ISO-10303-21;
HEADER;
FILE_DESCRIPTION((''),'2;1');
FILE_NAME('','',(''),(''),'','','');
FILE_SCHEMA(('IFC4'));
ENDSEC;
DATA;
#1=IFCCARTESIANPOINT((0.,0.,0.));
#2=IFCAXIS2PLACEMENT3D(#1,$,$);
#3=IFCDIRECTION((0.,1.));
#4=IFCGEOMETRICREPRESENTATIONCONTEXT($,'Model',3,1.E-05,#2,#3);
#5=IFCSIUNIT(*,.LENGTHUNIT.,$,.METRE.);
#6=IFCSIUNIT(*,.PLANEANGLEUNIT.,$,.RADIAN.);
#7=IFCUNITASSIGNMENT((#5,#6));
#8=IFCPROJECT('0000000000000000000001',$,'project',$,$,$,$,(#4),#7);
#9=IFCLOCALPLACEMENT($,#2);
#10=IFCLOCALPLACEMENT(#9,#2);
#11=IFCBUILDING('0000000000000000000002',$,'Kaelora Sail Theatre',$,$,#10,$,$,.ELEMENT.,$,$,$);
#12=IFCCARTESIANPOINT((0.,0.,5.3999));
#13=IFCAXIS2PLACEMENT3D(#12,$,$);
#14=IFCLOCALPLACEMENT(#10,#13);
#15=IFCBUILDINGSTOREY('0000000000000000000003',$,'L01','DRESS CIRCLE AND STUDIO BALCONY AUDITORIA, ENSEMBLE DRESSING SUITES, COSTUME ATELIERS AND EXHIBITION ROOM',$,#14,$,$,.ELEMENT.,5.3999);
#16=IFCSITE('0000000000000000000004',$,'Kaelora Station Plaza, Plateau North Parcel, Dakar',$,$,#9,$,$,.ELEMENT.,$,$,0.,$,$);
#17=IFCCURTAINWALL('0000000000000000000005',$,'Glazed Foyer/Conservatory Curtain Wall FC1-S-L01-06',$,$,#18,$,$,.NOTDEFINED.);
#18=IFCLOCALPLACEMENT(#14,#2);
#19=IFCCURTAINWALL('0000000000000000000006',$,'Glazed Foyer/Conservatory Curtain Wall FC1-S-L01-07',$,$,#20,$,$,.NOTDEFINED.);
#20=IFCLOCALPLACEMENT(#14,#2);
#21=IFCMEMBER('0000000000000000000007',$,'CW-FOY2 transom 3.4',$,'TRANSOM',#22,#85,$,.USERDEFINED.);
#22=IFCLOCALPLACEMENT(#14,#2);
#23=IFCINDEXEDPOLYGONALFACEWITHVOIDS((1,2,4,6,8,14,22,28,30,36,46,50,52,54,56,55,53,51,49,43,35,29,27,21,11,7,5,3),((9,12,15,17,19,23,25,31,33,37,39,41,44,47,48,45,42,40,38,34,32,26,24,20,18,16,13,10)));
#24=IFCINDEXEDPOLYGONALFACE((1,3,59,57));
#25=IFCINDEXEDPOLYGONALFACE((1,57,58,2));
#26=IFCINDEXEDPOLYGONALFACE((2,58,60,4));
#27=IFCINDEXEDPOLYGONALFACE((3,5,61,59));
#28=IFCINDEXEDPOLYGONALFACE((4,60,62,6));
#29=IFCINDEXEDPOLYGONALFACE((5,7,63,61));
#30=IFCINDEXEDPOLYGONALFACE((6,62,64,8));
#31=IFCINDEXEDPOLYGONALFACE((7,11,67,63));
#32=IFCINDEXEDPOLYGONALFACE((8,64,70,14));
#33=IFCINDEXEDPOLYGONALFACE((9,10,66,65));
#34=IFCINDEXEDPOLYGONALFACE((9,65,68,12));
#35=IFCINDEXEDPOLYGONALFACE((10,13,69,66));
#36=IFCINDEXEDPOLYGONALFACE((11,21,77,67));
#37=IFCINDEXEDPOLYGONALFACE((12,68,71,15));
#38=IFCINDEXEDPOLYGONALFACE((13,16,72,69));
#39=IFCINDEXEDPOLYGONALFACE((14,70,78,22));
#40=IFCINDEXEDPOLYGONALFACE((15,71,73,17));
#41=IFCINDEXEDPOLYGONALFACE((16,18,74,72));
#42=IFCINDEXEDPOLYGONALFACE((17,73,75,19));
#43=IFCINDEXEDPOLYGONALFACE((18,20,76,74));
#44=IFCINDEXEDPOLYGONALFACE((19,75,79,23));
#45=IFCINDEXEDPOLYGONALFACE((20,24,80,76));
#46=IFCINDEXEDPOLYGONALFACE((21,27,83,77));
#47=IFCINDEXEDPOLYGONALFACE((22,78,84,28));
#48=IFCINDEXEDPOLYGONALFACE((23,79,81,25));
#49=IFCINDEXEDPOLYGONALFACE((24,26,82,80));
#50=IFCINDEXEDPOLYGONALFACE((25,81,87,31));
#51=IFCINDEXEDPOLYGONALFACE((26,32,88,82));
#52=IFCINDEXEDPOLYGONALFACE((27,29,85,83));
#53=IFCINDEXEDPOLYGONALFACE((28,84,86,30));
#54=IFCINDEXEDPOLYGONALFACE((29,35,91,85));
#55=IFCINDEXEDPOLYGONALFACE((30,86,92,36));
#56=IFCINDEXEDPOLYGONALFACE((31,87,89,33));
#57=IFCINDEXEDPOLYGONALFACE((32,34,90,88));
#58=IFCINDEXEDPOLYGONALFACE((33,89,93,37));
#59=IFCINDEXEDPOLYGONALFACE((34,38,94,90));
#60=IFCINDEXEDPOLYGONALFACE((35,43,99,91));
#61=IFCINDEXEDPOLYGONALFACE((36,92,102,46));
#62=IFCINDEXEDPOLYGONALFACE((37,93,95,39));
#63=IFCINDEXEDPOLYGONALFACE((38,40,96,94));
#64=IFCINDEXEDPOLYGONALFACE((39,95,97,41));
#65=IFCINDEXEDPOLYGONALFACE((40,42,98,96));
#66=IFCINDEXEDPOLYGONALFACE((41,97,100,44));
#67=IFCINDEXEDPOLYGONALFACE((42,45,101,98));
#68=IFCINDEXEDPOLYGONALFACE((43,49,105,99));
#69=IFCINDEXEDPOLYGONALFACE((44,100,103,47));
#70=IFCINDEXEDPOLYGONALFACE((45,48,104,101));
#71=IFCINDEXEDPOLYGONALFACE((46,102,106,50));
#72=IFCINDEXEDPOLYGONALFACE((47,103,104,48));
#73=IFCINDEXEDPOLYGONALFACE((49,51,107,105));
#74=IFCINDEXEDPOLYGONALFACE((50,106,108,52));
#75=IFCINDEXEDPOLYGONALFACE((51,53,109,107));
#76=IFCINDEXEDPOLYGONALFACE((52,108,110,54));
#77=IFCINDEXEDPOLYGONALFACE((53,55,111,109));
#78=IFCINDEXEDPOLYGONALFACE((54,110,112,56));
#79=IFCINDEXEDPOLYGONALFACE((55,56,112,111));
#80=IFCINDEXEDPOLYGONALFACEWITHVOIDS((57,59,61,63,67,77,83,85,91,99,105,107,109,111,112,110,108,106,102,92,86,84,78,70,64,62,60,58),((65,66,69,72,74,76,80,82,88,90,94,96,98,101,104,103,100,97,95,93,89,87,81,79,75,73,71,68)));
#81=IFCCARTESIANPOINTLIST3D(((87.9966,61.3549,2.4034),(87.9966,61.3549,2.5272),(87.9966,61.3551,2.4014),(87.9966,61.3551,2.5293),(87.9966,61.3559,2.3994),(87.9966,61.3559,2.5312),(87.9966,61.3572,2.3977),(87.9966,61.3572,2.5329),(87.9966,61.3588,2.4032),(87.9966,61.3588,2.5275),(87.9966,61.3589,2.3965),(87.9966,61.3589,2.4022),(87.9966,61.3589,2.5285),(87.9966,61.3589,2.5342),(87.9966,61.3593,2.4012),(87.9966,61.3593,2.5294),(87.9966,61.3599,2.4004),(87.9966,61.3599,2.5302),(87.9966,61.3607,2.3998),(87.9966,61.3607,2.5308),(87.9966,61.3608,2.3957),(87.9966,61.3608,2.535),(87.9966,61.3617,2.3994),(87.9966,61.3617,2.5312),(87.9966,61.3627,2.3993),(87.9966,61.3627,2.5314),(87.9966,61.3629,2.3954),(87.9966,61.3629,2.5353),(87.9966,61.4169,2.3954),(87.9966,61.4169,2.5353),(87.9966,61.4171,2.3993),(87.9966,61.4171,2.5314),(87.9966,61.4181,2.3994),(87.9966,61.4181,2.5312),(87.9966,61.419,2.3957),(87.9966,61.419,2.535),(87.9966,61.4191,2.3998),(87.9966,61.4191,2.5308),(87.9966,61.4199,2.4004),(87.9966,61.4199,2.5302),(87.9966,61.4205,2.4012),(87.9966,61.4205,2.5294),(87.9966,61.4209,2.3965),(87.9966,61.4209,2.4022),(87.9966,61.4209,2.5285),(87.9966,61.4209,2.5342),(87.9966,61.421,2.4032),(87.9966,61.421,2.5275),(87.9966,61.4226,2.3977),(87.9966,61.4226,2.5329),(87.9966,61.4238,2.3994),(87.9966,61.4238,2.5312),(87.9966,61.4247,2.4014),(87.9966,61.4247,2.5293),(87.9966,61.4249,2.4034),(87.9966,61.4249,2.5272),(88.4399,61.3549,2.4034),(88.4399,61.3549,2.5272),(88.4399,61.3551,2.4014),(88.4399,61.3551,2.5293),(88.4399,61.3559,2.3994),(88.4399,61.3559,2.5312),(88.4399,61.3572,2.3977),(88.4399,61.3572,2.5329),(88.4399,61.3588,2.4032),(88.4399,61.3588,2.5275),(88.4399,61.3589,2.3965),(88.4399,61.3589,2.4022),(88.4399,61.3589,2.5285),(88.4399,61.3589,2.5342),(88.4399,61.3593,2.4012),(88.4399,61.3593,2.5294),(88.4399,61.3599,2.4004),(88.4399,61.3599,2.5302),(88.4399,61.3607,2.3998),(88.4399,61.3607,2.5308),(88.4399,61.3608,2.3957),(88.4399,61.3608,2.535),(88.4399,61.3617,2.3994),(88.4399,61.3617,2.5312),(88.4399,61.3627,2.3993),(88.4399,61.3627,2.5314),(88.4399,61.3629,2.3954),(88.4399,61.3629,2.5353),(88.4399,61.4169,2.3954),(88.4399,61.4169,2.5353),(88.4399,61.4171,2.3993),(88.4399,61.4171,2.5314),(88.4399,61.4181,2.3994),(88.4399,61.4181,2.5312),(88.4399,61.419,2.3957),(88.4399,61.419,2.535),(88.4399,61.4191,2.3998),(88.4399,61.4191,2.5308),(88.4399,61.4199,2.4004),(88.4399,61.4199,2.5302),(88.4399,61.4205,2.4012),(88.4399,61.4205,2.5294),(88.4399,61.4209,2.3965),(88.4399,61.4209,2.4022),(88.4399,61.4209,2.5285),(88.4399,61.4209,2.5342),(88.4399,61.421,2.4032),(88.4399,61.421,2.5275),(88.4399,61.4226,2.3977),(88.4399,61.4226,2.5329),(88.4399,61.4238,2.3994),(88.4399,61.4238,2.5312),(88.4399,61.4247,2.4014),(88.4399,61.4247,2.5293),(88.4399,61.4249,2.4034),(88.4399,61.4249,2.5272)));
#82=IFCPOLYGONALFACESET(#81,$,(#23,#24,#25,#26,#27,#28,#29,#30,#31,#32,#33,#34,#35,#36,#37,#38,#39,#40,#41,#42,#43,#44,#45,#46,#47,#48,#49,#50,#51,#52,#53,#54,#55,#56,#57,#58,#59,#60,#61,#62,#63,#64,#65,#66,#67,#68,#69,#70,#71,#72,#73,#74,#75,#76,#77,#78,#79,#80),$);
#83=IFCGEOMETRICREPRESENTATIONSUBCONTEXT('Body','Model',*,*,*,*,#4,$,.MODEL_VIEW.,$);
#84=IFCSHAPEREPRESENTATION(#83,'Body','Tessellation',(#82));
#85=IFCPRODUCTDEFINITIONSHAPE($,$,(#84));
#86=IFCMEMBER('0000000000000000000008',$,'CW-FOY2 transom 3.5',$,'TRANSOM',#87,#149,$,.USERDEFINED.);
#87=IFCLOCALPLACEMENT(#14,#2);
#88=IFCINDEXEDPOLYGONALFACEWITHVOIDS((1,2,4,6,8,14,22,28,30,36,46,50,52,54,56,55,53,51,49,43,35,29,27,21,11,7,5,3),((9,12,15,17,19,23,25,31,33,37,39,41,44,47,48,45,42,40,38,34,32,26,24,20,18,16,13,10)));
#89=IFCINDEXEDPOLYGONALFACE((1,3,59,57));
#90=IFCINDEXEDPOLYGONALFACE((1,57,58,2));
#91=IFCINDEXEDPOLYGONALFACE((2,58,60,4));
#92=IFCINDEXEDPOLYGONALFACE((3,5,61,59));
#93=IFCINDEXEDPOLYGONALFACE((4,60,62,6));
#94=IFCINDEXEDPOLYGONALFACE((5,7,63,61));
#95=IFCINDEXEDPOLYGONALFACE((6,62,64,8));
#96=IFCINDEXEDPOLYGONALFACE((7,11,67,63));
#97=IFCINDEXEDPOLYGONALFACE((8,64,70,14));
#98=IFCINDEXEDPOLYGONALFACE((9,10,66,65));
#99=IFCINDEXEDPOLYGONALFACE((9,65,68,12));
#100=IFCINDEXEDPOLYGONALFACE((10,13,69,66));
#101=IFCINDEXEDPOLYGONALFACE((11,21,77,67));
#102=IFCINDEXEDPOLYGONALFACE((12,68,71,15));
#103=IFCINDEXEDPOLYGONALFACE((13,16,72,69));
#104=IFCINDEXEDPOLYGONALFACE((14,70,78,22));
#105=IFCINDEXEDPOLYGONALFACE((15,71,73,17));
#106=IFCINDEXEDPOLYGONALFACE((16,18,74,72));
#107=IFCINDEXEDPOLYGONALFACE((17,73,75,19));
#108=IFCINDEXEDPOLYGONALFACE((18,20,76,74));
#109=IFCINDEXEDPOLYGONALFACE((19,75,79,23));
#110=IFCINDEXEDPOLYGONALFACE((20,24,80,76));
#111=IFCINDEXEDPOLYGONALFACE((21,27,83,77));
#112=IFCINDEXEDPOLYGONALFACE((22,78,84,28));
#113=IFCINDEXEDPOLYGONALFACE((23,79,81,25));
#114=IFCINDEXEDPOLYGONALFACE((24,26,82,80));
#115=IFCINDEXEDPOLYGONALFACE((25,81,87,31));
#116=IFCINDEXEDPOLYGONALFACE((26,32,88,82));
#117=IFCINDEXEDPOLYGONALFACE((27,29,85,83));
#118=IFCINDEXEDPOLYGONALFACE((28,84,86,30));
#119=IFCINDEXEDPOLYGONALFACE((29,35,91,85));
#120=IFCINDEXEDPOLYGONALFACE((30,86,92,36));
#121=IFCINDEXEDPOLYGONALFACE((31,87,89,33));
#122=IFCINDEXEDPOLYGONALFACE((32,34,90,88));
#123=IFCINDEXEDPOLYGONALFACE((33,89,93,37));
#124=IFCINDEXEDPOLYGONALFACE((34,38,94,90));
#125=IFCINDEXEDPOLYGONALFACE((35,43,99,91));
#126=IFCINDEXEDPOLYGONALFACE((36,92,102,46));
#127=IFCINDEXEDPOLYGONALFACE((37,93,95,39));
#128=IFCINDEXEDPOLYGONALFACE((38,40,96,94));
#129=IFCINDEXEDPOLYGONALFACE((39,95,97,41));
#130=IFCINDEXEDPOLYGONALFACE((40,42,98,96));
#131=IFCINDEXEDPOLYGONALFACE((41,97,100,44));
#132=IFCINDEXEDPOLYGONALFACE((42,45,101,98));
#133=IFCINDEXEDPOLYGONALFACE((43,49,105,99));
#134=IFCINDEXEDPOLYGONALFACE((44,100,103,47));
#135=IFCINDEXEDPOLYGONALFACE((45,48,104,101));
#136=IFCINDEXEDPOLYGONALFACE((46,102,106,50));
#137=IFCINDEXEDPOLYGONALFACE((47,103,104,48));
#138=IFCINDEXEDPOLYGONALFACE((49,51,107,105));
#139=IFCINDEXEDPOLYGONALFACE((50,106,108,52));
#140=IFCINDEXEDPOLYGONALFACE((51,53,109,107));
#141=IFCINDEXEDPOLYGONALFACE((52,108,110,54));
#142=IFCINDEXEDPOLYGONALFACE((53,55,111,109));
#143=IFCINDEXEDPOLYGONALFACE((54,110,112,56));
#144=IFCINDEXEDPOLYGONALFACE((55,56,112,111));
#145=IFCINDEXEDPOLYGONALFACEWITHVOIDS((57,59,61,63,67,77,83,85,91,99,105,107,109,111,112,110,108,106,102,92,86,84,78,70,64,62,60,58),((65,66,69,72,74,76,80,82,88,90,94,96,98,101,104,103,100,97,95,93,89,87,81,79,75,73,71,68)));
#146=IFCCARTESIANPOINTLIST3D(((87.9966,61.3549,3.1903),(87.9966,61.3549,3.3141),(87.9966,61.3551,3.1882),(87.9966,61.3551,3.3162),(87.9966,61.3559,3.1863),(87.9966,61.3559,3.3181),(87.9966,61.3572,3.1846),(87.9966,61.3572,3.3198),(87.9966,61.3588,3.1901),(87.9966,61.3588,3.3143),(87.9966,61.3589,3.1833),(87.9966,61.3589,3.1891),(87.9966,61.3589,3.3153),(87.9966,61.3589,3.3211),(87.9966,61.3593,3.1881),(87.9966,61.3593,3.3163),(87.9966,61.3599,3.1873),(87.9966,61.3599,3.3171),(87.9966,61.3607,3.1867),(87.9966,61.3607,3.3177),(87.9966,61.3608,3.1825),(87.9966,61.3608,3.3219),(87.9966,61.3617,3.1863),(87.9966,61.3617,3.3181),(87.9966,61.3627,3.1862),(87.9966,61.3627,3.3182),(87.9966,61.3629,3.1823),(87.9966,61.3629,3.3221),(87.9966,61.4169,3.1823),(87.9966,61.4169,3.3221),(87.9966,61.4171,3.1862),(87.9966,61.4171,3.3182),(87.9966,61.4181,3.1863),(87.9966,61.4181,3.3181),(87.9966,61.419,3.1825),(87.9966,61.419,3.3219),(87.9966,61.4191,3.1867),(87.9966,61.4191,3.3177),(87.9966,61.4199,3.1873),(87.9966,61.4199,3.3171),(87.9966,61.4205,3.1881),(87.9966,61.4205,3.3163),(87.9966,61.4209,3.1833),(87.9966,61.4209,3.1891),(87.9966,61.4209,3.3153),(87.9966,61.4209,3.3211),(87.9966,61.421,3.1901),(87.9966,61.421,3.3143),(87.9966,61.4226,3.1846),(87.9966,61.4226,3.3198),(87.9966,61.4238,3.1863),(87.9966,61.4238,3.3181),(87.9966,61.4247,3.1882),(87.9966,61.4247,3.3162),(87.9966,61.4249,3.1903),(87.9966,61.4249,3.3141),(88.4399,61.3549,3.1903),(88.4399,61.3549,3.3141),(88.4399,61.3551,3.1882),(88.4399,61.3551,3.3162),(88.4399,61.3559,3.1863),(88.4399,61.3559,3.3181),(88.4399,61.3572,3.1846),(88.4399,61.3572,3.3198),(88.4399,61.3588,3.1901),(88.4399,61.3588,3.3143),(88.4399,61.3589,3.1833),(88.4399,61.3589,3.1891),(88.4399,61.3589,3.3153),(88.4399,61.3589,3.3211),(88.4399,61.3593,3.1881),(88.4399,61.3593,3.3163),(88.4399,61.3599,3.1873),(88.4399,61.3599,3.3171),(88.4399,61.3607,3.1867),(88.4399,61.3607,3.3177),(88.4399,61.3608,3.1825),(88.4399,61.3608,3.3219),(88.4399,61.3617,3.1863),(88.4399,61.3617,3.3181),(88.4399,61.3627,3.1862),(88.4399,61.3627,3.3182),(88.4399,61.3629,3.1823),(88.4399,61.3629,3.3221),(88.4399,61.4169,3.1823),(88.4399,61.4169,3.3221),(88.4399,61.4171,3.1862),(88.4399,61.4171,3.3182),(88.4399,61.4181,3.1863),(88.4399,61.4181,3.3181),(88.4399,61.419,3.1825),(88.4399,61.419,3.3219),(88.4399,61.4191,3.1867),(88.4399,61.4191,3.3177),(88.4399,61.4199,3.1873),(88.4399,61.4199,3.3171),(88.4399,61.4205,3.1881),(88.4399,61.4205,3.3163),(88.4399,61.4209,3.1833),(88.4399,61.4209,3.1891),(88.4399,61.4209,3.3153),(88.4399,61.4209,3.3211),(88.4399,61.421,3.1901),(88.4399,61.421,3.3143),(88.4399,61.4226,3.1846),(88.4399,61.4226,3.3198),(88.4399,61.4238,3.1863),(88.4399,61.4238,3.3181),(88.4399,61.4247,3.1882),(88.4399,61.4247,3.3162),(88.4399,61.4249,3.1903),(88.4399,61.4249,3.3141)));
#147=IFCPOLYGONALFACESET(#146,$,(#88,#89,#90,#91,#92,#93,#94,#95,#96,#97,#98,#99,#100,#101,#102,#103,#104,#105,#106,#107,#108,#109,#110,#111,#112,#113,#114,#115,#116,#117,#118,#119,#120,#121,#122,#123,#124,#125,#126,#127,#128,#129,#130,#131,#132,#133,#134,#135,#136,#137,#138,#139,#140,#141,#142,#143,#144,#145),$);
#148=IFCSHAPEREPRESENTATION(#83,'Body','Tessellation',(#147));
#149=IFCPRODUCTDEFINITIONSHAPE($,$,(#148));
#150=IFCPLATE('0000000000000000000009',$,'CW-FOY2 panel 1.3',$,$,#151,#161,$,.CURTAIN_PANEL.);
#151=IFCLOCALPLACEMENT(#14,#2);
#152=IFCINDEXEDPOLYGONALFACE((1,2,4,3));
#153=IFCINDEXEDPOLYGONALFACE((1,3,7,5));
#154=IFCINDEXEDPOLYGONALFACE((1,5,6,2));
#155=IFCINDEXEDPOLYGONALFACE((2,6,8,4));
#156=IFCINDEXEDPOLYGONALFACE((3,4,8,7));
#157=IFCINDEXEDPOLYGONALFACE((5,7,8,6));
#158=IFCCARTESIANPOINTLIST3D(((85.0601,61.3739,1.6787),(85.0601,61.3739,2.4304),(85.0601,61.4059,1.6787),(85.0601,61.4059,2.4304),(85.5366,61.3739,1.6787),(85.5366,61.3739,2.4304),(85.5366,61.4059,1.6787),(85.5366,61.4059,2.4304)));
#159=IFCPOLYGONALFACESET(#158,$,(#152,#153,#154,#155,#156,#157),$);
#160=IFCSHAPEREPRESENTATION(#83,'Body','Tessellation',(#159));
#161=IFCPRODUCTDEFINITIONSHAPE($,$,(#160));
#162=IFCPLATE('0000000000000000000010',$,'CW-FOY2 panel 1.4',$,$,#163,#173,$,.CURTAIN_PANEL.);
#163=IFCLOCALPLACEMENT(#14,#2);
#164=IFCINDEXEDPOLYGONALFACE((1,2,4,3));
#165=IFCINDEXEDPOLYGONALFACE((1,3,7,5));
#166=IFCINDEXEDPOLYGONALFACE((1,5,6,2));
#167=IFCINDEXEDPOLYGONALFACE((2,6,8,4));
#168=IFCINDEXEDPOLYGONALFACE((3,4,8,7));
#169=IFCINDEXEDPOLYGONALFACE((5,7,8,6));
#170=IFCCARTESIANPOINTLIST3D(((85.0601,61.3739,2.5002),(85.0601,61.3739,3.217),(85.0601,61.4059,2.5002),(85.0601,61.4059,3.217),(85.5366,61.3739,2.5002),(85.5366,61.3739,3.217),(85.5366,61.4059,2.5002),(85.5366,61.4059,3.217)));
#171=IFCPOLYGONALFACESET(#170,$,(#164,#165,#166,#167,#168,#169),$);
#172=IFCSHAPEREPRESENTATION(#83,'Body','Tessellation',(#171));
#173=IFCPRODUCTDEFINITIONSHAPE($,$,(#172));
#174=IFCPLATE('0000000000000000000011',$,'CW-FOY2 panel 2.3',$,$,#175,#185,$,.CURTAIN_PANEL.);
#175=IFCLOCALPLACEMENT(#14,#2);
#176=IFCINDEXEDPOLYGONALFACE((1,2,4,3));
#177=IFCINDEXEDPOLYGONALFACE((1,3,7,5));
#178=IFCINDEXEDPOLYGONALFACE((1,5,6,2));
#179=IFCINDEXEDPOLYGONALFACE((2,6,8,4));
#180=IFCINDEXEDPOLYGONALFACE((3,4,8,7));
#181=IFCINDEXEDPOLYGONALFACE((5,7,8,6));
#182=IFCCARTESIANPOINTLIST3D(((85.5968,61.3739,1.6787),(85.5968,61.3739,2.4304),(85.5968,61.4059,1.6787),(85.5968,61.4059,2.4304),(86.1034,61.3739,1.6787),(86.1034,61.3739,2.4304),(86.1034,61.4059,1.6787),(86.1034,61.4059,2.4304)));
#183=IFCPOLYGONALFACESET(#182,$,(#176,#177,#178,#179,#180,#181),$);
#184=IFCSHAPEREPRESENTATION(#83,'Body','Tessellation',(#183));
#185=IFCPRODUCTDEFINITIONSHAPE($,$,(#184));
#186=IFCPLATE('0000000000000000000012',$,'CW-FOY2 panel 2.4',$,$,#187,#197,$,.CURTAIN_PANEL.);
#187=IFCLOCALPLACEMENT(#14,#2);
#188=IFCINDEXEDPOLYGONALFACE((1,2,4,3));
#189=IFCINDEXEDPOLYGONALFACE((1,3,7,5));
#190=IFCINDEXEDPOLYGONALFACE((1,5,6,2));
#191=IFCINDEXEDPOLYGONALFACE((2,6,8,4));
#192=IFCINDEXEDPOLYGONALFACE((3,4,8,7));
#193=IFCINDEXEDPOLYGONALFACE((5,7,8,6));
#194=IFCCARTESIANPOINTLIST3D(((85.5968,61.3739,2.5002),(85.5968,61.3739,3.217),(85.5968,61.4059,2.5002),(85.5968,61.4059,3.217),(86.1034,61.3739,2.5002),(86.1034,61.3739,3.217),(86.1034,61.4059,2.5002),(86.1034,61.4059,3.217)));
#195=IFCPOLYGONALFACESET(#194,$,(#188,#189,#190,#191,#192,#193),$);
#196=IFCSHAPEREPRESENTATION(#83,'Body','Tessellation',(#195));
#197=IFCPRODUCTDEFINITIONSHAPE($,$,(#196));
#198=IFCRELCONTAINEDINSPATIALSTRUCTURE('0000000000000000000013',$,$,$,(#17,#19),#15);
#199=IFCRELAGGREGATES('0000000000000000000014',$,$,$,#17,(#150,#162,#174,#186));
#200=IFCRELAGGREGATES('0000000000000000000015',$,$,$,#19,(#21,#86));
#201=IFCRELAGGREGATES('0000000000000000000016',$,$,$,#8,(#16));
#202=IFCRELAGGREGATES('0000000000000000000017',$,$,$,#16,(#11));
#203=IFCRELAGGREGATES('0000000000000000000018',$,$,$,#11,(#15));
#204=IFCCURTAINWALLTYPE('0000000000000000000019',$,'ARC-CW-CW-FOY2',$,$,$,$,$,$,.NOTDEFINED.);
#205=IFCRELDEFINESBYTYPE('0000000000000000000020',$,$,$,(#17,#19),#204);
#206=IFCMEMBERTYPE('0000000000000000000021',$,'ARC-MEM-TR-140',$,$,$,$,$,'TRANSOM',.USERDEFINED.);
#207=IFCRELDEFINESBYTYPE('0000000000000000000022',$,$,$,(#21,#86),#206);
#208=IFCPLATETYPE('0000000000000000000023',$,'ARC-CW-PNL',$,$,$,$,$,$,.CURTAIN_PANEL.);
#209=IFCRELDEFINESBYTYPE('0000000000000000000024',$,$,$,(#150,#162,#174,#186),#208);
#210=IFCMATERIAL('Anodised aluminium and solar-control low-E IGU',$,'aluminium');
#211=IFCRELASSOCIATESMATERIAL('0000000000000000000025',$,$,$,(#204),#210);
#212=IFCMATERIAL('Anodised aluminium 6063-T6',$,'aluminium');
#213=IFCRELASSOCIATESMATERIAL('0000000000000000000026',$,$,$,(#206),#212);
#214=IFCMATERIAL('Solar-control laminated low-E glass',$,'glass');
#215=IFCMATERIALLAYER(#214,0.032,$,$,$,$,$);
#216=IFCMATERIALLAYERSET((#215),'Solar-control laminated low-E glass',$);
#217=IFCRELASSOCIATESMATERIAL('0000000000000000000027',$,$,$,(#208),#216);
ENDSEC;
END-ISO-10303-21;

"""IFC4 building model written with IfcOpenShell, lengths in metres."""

from ifc_helpers import new_model, si_unit, direction, frame, origin, origin_2d, place, context, subcontext, project, spatial, rectangle, hollow_rectangle, extrude, material, layer, layer_set, material_profile, profile_set, type_object, element, aggregate, save


model = new_model("IFC4")

# Units and contexts
model_context = context("Model", 3, precision=1e-05, world=origin(), true_north=direction((0.0, 1.0)))
body_context = subcontext(model_context, "Body", "Model", "MODEL_VIEW")
ifc_project = project(units=[si_unit("LENGTHUNIT", "METRE"), si_unit("PLANEANGLEUNIT", "RADIAN")], contexts=[model_context])

# Site, building, storey
site_placement = place(None, origin())
site = spatial("IfcSite", under=ifc_project, at=site_placement, Name="Kaelora Station Plaza, Plateau North Parcel, Dakar", CompositionType="ELEMENT", RefElevation=0.0)
building_placement = place(site_placement, origin())
building = spatial("IfcBuilding", under=site, at=building_placement, Name="Kaelora Sail Theatre", CompositionType="ELEMENT")
storey_placement = place(building_placement, frame((0.0, 0.0, 5.3999)))
storey = spatial("IfcBuildingStorey", under=building, at=storey_placement, Name="L01", Description="DRESS CIRCLE AND STUDIO BALCONY AUDITORIA, ENSEMBLE DRESSING SUITES, COSTUME ATELIERS AND EXHIBITION ROOM", CompositionType="ELEMENT", Elevation=5.3999)

# Curtain walls, members
ifc_material_1 = material(Name="Anodised aluminium and solar-control low-E IGU", Category="aluminium")
curtain_wall_type = type_object("IfcCurtainWallType", Name="ARC-CW-CW-FOY2", PredefinedType="NOTDEFINED", material=ifc_material_1)
curtain_wall_1_placement = place(storey_placement, origin())
curtain_wall_1 = element("IfcCurtainWall", 1, at=curtain_wall_1_placement, inside=storey, type_object=curtain_wall_type, Name="Glazed Foyer/Conservatory Curtain Wall FC1-S-L01-06", PredefinedType="NOTDEFINED")
ifc_material_2 = material(Name="Anodised aluminium 6063-T6", Category="aluminium")
ifc_material_profile = material_profile(ifc_material_2, hollow_rectangle(XDim=0.0701, YDim=0.1399, WallThickness=0.0039, InnerFilletRadius=0.0039, OuterFilletRadius=0.0081, at=origin_2d()), Name="ALU-TRAN 70x140x4")
ifc_profile_set = profile_set([ifc_material_profile], Name="Anodised aluminium 6063-T6")
member_type = type_object("IfcMemberType", Name="ARC-MEM-TR-140", ElementType="TRANSOM", PredefinedType="USERDEFINED", material=ifc_profile_set)
curtain_wall_2_placement = place(storey_placement, origin())
curtain_wall_2 = element("IfcCurtainWall", 2, at=curtain_wall_2_placement, inside=storey, type_object=curtain_wall_type, Name="Glazed Foyer/Conservatory Curtain Wall FC1-S-L01-07", PredefinedType="NOTDEFINED")
member_1_placement = place(storey_placement, frame((87.9966, 61.3899, 2.4653), z_axis=(1.0, 0.0, 0.0), x_axis=(0.0, 1.0, 0.0)))
member_1 = element("IfcMember", 3, at=member_1_placement, type_object=member_type, Name="CW-FOY2 transom 3.4", ObjectType="TRANSOM", PredefinedType="USERDEFINED", context=body_context, shape_type="SweptSolid", body=[
    extrude(hollow_rectangle(XDim=0.0701, YDim=0.1399, WallThickness=0.0039, InnerFilletRadius=0.0039, OuterFilletRadius=0.0081, at=origin_2d()), origin(), (0.0, 0.0, 1.0), 0.4434),
])
member_2_placement = place(storey_placement, frame((87.9966, 61.3899, 3.2522), z_axis=(1.0, 0.0, 0.0), x_axis=(0.0, 1.0, 0.0)))
member_2 = element("IfcMember", 4, at=member_2_placement, type_object=member_type, Name="CW-FOY2 transom 3.5", ObjectType="TRANSOM", PredefinedType="USERDEFINED", context=body_context, shape_type="SweptSolid", body=[
    extrude(hollow_rectangle(XDim=0.0701, YDim=0.1399, WallThickness=0.0039, InnerFilletRadius=0.0039, OuterFilletRadius=0.0081, at=origin_2d()), origin(), (0.0, 0.0, 1.0), 0.4434),
])

# Plates
ifc_material_3 = material(Name="Solar-control laminated low-E glass", Category="glass")
ifc_layer = layer(ifc_material_3, 0.032)
ifc_layer_set = layer_set([ifc_layer], Name="Solar-control laminated low-E glass")
plate_type = type_object("IfcPlateType", Name="ARC-CW-PNL", PredefinedType="CURTAIN_PANEL", material=ifc_layer_set)
plate_1_placement = place(storey_placement, frame((85.2983, 61.3899, 1.6787), z_axis=(0.0, 0.0, 1.0), x_axis=(1.0, 0.0, 0.0)))
plate_1 = element("IfcPlate", 5, at=plate_1_placement, type_object=plate_type, Name="CW-FOY2 panel 1.3", PredefinedType="CURTAIN_PANEL", context=body_context, shape_type="SweptSolid", body=[
    extrude(rectangle(XDim=0.4766, YDim=0.032, at=origin_2d()), origin(), (0.0, 0.0, 1.0), 0.7517),
])
plate_2_placement = place(storey_placement, frame((85.2983, 61.3899, 2.5002), z_axis=(0.0, 0.0, 1.0), x_axis=(1.0, 0.0, 0.0)))
plate_2 = element("IfcPlate", 6, at=plate_2_placement, type_object=plate_type, Name="CW-FOY2 panel 1.4", PredefinedType="CURTAIN_PANEL", context=body_context, shape_type="SweptSolid", body=[
    extrude(rectangle(XDim=0.4766, YDim=0.032, at=origin_2d()), origin(), (0.0, 0.0, 1.0), 0.7168),
])
plate_3_placement = place(storey_placement, frame((85.8501, 61.3899, 1.6787), z_axis=(0.0, 0.0, 1.0), x_axis=(1.0, 0.0, 0.0)))
plate_3 = element("IfcPlate", 7, at=plate_3_placement, type_object=plate_type, Name="CW-FOY2 panel 2.3", PredefinedType="CURTAIN_PANEL", context=body_context, shape_type="SweptSolid", body=[
    extrude(rectangle(XDim=0.5066, YDim=0.032, at=origin_2d()), origin(), (0.0, 0.0, 1.0), 0.7517),
])
plate_4_placement = place(storey_placement, frame((85.8501, 61.3899, 2.5002), z_axis=(0.0, 0.0, 1.0), x_axis=(1.0, 0.0, 0.0)))
plate_4 = element("IfcPlate", 8, at=plate_4_placement, type_object=plate_type, Name="CW-FOY2 panel 2.4", PredefinedType="CURTAIN_PANEL", context=body_context, shape_type="SweptSolid", body=[
    extrude(rectangle(XDim=0.5066, YDim=0.032, at=origin_2d()), origin(), (0.0, 0.0, 1.0), 0.7168),
])
aggregate(curtain_wall_1, [plate_1, plate_2, plate_3, plate_4])
aggregate(curtain_wall_2, [member_1, member_2])

save(model, "model.ifc")
